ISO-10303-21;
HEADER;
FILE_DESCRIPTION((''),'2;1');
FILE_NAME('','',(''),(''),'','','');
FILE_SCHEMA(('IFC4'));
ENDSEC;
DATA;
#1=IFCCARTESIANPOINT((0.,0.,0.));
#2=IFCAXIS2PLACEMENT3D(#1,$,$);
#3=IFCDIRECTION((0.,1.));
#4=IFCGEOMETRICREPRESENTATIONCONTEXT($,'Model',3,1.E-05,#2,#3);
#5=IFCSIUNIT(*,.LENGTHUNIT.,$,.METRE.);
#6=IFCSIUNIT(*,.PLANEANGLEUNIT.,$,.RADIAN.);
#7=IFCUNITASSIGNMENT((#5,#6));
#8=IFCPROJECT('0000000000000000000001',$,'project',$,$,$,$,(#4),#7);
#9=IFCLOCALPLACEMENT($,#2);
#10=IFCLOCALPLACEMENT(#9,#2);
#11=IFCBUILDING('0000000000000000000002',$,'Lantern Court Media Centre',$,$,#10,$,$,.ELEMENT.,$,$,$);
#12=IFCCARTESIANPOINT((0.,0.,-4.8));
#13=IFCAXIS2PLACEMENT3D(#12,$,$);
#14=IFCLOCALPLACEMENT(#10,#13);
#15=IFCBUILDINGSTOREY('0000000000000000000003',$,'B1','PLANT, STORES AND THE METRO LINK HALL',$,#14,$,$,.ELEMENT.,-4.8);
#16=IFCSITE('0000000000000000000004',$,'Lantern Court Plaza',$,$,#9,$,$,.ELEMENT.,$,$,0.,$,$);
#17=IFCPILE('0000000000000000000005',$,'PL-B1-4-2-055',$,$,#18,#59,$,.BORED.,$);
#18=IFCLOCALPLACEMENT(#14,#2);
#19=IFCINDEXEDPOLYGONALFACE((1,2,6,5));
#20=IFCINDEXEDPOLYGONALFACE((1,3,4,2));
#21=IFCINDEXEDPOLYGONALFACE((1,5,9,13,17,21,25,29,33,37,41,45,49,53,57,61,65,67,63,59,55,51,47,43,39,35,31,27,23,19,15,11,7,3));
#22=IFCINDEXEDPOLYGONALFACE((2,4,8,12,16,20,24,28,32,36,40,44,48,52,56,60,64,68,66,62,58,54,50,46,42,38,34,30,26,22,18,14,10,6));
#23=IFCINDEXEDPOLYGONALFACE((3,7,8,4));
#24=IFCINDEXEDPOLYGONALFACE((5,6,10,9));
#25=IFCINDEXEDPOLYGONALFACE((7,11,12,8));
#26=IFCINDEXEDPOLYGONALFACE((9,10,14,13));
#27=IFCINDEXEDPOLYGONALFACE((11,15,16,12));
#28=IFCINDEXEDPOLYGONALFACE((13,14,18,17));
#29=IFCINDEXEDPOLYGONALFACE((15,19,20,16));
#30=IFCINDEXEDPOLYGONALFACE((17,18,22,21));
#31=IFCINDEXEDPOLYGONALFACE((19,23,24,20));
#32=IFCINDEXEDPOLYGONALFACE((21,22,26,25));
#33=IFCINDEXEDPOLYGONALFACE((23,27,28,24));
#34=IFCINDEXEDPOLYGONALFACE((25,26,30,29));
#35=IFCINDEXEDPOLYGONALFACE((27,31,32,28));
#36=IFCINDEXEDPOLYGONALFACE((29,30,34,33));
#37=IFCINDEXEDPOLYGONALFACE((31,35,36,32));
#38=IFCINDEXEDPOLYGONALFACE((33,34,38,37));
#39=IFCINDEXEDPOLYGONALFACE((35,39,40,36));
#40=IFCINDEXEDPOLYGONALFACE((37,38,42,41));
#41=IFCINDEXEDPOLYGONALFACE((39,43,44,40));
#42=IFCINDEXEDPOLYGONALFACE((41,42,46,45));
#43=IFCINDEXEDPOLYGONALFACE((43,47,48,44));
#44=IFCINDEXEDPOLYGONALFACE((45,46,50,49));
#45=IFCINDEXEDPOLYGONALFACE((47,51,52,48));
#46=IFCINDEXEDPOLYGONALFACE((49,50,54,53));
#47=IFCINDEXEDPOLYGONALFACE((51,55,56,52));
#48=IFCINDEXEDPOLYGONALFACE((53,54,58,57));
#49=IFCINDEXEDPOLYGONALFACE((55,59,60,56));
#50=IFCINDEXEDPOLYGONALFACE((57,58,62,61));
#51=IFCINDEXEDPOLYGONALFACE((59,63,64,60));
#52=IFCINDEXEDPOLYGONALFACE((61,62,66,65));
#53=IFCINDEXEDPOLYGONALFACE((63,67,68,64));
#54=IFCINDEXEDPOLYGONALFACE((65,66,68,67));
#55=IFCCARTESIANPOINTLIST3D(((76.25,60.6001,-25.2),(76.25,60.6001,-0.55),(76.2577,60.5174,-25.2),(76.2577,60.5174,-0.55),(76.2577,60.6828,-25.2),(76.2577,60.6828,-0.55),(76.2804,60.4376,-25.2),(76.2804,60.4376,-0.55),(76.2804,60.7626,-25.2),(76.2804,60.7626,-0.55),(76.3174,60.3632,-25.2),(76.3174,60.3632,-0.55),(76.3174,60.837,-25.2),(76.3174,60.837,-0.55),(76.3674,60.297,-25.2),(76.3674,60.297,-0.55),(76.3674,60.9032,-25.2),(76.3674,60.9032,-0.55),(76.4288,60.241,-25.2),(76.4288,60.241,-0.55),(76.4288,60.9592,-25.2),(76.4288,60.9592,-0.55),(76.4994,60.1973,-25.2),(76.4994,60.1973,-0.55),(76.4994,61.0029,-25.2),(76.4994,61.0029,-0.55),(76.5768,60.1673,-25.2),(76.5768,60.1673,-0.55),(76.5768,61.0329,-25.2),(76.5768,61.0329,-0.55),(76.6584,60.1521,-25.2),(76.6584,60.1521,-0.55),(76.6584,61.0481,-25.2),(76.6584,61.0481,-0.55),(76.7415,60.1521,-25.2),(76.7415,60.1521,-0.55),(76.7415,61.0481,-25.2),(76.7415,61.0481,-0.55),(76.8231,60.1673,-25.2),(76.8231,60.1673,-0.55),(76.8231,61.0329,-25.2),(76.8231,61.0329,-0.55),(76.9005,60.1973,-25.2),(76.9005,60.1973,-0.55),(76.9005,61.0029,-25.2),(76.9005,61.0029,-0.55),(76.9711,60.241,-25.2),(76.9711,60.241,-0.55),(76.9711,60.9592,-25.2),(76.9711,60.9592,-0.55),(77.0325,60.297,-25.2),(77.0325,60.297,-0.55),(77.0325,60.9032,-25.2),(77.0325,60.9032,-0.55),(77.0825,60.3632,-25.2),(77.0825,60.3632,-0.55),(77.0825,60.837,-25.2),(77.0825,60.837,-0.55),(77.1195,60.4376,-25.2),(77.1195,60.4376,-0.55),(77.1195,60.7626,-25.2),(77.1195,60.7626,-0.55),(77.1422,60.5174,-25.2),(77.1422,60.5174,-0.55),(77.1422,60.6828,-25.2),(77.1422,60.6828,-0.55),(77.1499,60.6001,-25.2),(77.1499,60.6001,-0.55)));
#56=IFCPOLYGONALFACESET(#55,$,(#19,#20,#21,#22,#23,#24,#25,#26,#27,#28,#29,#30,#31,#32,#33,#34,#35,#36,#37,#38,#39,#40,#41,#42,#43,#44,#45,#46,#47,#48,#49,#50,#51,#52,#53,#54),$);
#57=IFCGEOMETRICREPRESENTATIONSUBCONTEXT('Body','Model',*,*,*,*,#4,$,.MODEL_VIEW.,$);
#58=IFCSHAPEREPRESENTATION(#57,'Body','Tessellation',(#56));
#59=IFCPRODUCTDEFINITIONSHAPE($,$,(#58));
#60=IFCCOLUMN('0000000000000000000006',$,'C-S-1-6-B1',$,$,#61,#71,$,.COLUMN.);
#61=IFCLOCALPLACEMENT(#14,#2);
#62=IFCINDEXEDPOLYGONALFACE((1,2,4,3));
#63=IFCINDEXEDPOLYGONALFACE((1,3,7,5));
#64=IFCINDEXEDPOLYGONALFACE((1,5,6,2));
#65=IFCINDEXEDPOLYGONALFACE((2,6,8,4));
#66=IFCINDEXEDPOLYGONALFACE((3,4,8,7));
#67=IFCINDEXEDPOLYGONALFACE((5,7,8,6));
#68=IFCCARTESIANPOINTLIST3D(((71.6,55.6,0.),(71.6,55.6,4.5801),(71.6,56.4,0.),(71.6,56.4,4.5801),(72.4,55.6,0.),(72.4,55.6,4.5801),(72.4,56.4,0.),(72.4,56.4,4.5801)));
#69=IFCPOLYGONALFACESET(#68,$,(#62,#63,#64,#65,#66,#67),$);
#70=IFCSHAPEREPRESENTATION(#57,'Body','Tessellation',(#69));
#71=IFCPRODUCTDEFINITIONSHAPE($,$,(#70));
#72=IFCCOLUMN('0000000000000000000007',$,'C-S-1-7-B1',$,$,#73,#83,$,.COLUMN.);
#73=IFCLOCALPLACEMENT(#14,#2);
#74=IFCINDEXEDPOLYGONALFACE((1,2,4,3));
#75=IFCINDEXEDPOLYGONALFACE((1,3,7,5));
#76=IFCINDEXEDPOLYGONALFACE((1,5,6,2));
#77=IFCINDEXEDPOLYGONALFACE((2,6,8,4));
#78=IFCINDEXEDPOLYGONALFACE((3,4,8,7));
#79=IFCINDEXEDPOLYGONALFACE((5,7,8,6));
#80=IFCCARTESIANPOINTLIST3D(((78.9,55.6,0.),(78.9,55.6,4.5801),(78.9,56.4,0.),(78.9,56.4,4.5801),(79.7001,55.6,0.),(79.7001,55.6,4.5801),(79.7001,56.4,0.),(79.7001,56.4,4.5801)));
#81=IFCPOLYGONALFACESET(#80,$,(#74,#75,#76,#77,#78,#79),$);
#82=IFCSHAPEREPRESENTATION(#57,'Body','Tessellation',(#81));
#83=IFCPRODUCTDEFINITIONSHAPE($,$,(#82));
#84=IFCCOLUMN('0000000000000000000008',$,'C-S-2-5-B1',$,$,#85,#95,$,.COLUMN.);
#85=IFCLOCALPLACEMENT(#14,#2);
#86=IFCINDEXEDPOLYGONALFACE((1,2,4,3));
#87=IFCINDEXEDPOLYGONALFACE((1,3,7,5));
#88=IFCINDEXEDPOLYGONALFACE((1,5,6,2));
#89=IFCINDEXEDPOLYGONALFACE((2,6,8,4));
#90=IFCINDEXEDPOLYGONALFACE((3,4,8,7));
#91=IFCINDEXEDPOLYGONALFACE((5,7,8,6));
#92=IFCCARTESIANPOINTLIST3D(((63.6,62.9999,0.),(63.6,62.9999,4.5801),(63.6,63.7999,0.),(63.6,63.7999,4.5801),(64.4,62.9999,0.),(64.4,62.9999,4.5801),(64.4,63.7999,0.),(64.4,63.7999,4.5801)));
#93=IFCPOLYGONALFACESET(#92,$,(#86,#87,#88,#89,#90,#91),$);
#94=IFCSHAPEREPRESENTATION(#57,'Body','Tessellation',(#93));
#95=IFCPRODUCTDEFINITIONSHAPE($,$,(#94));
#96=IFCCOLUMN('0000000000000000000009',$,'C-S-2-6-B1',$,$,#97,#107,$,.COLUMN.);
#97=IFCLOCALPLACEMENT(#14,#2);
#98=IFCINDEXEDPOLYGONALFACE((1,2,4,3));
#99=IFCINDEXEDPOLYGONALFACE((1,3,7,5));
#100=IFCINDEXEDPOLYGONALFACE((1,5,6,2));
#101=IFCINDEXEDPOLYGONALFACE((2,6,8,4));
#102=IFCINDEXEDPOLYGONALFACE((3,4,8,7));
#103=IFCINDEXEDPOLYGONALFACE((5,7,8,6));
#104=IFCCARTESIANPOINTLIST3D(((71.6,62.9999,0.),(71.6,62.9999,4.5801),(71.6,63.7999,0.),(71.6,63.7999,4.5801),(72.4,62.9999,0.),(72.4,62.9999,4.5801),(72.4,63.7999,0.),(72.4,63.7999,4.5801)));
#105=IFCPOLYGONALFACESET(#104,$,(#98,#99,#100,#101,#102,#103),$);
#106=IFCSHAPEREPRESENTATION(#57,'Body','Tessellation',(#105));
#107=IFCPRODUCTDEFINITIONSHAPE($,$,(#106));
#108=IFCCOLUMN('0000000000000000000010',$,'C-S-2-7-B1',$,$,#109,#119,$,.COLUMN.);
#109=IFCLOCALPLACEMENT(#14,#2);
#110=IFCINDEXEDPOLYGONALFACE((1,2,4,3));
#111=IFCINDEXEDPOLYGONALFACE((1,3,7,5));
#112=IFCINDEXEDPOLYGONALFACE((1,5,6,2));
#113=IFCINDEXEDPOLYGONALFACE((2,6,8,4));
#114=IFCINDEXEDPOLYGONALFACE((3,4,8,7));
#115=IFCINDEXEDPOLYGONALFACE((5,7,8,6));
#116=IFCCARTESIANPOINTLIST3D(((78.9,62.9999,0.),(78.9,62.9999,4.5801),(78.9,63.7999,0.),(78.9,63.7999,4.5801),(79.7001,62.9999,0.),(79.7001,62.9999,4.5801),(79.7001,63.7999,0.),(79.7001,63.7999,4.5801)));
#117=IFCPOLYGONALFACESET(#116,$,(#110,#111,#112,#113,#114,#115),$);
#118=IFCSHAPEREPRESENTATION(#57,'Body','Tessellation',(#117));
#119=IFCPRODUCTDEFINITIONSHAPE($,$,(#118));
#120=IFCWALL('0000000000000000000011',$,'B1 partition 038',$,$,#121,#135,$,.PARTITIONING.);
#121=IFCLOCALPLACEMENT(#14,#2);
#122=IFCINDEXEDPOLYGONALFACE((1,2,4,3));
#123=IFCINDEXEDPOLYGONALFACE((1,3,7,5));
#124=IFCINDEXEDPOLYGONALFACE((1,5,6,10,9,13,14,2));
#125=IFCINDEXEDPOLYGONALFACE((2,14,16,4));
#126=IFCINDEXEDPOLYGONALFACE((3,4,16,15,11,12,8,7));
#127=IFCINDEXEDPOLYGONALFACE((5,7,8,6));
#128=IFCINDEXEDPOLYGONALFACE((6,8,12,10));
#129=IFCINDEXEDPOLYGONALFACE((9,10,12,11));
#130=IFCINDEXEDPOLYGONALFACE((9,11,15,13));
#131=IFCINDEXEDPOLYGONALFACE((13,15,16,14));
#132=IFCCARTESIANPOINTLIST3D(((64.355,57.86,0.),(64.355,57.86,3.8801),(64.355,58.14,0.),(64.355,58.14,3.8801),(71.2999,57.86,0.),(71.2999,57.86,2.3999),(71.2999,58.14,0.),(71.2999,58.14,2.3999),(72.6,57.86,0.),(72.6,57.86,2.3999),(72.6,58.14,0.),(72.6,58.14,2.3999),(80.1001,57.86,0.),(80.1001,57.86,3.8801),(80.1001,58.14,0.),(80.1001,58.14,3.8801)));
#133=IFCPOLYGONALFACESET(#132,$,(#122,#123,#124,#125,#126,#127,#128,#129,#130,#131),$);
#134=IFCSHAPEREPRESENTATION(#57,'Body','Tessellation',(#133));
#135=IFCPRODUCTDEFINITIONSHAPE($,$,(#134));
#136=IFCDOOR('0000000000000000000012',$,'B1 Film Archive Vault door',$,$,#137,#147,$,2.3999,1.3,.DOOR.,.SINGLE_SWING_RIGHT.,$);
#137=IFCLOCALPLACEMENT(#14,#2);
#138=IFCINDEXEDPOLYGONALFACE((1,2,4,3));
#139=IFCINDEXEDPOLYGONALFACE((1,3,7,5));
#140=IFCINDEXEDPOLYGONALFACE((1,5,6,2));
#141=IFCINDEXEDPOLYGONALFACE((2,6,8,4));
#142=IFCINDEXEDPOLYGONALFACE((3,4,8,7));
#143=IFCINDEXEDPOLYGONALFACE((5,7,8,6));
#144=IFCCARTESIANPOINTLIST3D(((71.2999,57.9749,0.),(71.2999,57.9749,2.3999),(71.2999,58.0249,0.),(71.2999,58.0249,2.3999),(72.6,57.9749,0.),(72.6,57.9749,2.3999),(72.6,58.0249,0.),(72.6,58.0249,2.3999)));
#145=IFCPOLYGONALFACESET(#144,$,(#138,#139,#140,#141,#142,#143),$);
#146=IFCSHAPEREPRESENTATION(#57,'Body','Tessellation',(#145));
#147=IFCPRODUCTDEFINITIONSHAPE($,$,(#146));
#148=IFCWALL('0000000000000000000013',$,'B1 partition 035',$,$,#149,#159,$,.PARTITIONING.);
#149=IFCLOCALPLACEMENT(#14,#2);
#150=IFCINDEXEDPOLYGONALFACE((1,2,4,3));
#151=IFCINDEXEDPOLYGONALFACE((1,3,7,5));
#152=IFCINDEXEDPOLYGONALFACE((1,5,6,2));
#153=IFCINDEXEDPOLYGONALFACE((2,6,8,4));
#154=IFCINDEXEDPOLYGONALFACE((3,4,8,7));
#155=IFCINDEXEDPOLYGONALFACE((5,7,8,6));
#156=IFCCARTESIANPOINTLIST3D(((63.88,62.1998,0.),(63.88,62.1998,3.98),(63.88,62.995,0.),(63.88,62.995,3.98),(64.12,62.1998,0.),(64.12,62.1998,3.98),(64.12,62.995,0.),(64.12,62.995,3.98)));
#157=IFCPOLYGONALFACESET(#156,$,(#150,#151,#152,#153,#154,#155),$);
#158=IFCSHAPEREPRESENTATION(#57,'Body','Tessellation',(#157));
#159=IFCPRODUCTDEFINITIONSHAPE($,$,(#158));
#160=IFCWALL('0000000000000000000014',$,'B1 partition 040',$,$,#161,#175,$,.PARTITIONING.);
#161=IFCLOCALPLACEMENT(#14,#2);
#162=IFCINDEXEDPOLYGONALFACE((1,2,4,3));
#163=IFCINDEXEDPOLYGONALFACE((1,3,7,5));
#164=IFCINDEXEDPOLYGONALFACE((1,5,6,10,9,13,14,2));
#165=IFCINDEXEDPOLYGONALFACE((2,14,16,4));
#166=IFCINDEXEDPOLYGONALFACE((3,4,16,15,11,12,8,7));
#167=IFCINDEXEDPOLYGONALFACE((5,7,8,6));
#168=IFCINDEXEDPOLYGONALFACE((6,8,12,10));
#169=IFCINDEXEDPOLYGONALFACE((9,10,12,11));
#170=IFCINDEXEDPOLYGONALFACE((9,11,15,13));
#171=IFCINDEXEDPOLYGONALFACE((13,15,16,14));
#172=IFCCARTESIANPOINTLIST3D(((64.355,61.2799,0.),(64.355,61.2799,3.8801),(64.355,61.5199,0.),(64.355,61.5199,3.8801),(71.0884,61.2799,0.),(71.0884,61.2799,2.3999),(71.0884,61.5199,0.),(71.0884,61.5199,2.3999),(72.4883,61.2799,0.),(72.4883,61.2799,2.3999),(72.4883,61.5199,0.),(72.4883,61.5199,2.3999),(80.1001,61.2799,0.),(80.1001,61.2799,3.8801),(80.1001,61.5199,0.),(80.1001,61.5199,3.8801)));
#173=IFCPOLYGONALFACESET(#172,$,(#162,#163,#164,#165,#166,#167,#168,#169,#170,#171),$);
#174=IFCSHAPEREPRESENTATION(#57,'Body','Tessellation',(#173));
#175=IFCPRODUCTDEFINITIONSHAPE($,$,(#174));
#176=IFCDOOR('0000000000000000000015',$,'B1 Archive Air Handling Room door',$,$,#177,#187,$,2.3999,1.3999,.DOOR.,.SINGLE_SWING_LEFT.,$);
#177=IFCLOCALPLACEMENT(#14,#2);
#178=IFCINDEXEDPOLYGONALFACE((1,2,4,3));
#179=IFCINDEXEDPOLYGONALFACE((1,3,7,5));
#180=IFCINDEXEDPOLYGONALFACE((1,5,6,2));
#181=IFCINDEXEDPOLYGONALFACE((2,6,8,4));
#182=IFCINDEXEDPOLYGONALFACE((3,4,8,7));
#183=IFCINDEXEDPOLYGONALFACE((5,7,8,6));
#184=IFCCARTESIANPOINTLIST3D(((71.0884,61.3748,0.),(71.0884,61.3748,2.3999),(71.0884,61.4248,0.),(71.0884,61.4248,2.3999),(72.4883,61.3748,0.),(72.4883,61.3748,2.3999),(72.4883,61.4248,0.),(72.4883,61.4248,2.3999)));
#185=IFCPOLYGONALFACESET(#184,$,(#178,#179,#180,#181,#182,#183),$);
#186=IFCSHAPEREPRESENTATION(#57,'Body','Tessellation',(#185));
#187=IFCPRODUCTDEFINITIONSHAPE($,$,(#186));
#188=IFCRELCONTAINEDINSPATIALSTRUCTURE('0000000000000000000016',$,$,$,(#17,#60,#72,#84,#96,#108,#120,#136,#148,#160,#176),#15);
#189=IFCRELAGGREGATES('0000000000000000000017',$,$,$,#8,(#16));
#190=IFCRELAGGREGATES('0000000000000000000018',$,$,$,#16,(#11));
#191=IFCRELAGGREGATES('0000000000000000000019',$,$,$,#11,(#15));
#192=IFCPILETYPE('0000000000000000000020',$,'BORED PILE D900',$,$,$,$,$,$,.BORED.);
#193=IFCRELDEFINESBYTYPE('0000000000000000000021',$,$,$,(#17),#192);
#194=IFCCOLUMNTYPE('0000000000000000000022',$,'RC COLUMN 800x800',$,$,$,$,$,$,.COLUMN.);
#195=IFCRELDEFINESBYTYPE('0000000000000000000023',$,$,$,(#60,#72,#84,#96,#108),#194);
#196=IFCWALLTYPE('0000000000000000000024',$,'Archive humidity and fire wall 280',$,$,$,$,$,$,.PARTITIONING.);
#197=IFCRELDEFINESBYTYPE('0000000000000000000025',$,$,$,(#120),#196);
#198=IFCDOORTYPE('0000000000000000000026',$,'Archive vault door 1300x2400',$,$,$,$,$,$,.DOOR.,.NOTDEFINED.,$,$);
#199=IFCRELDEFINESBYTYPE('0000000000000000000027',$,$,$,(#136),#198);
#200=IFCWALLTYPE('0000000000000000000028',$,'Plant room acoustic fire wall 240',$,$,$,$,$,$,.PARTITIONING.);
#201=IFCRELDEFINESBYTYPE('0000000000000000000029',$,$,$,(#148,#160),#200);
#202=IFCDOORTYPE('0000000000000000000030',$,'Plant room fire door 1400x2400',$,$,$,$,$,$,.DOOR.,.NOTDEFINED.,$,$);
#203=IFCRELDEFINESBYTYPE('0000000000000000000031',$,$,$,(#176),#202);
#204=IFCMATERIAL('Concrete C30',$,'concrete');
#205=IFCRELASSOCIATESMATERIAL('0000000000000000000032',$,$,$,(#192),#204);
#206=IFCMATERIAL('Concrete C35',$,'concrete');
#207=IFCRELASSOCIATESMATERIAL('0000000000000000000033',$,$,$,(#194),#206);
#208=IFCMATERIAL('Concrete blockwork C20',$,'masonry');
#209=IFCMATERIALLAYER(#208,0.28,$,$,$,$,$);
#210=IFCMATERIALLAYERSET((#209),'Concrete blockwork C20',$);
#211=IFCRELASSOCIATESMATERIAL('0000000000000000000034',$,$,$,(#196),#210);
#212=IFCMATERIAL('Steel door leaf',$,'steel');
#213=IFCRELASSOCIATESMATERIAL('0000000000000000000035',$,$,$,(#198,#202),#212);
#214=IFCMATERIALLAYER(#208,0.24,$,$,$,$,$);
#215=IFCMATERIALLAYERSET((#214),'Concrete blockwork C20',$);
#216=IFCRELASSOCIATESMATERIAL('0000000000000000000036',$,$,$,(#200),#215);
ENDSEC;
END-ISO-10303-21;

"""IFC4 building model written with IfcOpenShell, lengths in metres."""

from ifc_helpers import new_model, si_unit, direction, frame, frame_2d, origin, origin_2d, place, context, subcontext, project, spatial, rectangle, circle, extrude, material, layer, layer_set, material_profile, profile_set, type_object, element, fill, save


model = new_model("IFC4")

# Units and contexts
model_context = context("Model", 3, precision=1e-05, world=origin(), true_north=direction((0.0, 1.0)))
body_context = subcontext(model_context, "Body", "Model", "MODEL_VIEW")
ifc_project = project(units=[si_unit("LENGTHUNIT", "METRE"), si_unit("PLANEANGLEUNIT", "RADIAN")], contexts=[model_context])

# Site, building, storey
site_placement = place(None, origin())
site = spatial("IfcSite", under=ifc_project, at=site_placement, Name="Lantern Court Plaza", CompositionType="ELEMENT", RefElevation=0.0)
building_placement = place(site_placement, origin())
building = spatial("IfcBuilding", under=site, at=building_placement, Name="Lantern Court Media Centre", CompositionType="ELEMENT")
storey_placement = place(building_placement, frame((0.0, 0.0, -4.8)))
storey = spatial("IfcBuildingStorey", under=building, at=storey_placement, Name="B1", Description="PLANT, STORES AND THE METRO LINK HALL", CompositionType="ELEMENT", Elevation=-4.8)

# Pile
ifc_material_1 = material(Name="Concrete C30", Category="concrete")
ifc_material_profile_1 = material_profile(ifc_material_1, circle(Radius=0.45, at=origin_2d()), Name="D900")
ifc_profile_set_1 = profile_set([ifc_material_profile_1], Name="Concrete C30")
pile_type = type_object("IfcPileType", Name="BORED PILE D900", PredefinedType="BORED", material=ifc_profile_set_1)
for number, where, z_axis, x_axis, name in (
    (1, (76.7, 60.6001, -0.55), (0.0, 0.0, -1.0), (1.0, 0.0, 0.0), "PL-B1-4-2-055"),
):
    element("IfcPile", number, at=place(storey_placement, frame(where, z_axis=z_axis, x_axis=x_axis)), inside=storey, type_object=pile_type, Name=name, PredefinedType="BORED", context=body_context, shape_type="SweptSolid", body=[
        extrude(circle(Radius=0.45, at=origin_2d()), origin(), (0.0, 0.0, 1.0), 24.6499),
    ])

# Columns
ifc_material_2 = material(Name="Concrete C35", Category="concrete")
ifc_material_profile_2 = material_profile(ifc_material_2, rectangle(XDim=0.8, YDim=0.8, at=origin_2d()), Name="RC 800x800")
ifc_profile_set_2 = profile_set([ifc_material_profile_2], Name="Concrete C35")
column_type = type_object("IfcColumnType", Name="RC COLUMN 800x800", PredefinedType="COLUMN", material=ifc_profile_set_2)
for number, where, z_axis, x_axis, name in (
    (2, (72.0, 56.0, 0.0), (0.0, 0.0, 1.0), (1.0, 0.0, 0.0), "C-S-1-6-B1"),
    (3, (79.3, 56.0, 0.0), (0.0, 0.0, 1.0), (1.0, 0.0, 0.0), "C-S-1-7-B1"),
    (4, (64.0, 63.3999, 0.0), (0.0, 0.0, 1.0), (1.0, 0.0, 0.0), "C-S-2-5-B1"),
    (5, (72.0, 63.3999, 0.0), (0.0, 0.0, 1.0), (1.0, 0.0, 0.0), "C-S-2-6-B1"),
    (6, (79.3, 63.3999, 0.0), (0.0, 0.0, 1.0), (1.0, 0.0, 0.0), "C-S-2-7-B1"),
):
    element("IfcColumn", number, at=place(storey_placement, frame(where, z_axis=z_axis, x_axis=x_axis)), inside=storey, type_object=column_type, Name=name, PredefinedType="COLUMN", context=body_context, shape_type="SweptSolid", body=[
        extrude(rectangle(XDim=0.8, YDim=0.8, at=origin_2d()), origin(), (0.0, 0.0, 1.0), 4.5801),
    ])

# Wall, opening, door
ifc_material_3 = material(Name="Concrete blockwork C20", Category="masonry")
ifc_layer_1 = layer(ifc_material_3, 0.28)
ifc_layer_set_1 = layer_set([ifc_layer_1], Name="Concrete blockwork C20")
wall_type_1 = type_object("IfcWallType", Name="Archive humidity and fire wall 280", PredefinedType="PARTITIONING", material=ifc_layer_set_1)
wall_1_placement = place(storey_placement, frame((64.355, 58.0, 0.0), z_axis=(0.0, 0.0, 1.0), x_axis=(1.0, 0.0, 0.0)))
wall_1 = element("IfcWall", 7, at=wall_1_placement, inside=storey, type_object=wall_type_1, Name="B1 partition 038", PredefinedType="PARTITIONING", context=body_context, shape_type="SweptSolid", body=[
    extrude(rectangle(XDim=15.7451, YDim=0.28, at=frame_2d((7.8726, 0.0))), origin(), (0.0, 0.0, 1.0), 3.8801),
])
opening_1_placement = place(wall_1_placement, frame((6.9451, 0.0, 0.0)))
opening_1 = element("IfcOpeningElement", 8, at=opening_1_placement, cuts=wall_1, PredefinedType="OPENING", context=body_context, shape_type="SweptSolid", body=[
    extrude(rectangle(XDim=1.3, YDim=2.3999, at=frame_2d((0.6499, 1.2))), frame((0.0, 0.1499, 0.0), z_axis=(0.0, -1.0, 0.0), x_axis=(1.0, 0.0, 0.0)), (0.0, 0.0, 1.0), 0.3),
])
ifc_material_4 = material(Name="Steel door leaf", Category="steel")
door_type_1 = type_object("IfcDoorType", Name="Archive vault door 1300x2400", OperationType="NOTDEFINED", PredefinedType="DOOR", material=ifc_material_4)
door_1_placement = place(opening_1_placement, origin())
door_1 = element("IfcDoor", 9, at=door_1_placement, inside=storey, type_object=door_type_1, Name="B1 Film Archive Vault door", OperationType="SINGLE_SWING_RIGHT", OverallHeight=2.3999, OverallWidth=1.3, PredefinedType="DOOR", context=body_context, shape_type="SweptSolid", body=[
    extrude(rectangle(XDim=1.3, YDim=2.3999, at=frame_2d((0.6499, 1.2))), frame((0.0, 0.0249, 0.0), z_axis=(0.0, -1.0, 0.0), x_axis=(1.0, 0.0, 0.0)), (0.0, 0.0, 1.0), 0.05),
])
fill(opening_1, door_1)

# Wall
ifc_layer_2 = layer(ifc_material_3, 0.24)
ifc_layer_set_2 = layer_set([ifc_layer_2], Name="Concrete blockwork C20")
wall_type_2 = type_object("IfcWallType", Name="Plant room acoustic fire wall 240", PredefinedType="PARTITIONING", material=ifc_layer_set_2)
wall_2_placement = place(storey_placement, frame((64.0, 62.2, 0.0), z_axis=(0.0, 0.0, 1.0), x_axis=(0.0, 1.0, 0.0)))
element("IfcWall", 10, at=wall_2_placement, inside=storey, type_object=wall_type_2, Name="B1 partition 035", PredefinedType="PARTITIONING", context=body_context, shape_type="SweptSolid", body=[
    extrude(rectangle(XDim=0.7952, YDim=0.24, at=frame_2d((0.3975, 0.0))), origin(), (0.0, 0.0, 1.0), 3.98),
])

# Wall, opening, door
wall_3_placement = place(storey_placement, frame((64.355, 61.3999, 0.0), z_axis=(0.0, 0.0, 1.0), x_axis=(1.0, 0.0, 0.0)))
wall_3 = element("IfcWall", 11, at=wall_3_placement, inside=storey, type_object=wall_type_2, Name="B1 partition 040", PredefinedType="PARTITIONING", context=body_context, shape_type="SweptSolid", body=[
    extrude(rectangle(XDim=15.7451, YDim=0.24, at=frame_2d((7.8726, 0.0))), origin(), (0.0, 0.0, 1.0), 3.8801),
])
opening_2_placement = place(wall_3_placement, frame((6.7334, 0.0, 0.0)))
opening_2 = element("IfcOpeningElement", 12, at=opening_2_placement, cuts=wall_3, PredefinedType="OPENING", context=body_context, shape_type="SweptSolid", body=[
    extrude(rectangle(XDim=1.3999, YDim=2.3999, at=frame_2d((0.7, 1.2))), frame((0.0, 0.1299, 0.0), z_axis=(0.0, -1.0, 0.0), x_axis=(1.0, 0.0, 0.0)), (0.0, 0.0, 1.0), 0.26),
])
door_type_2 = type_object("IfcDoorType", Name="Plant room fire door 1400x2400", OperationType="NOTDEFINED", PredefinedType="DOOR", material=ifc_material_4)
door_2_placement = place(opening_2_placement, origin())
door_2 = element("IfcDoor", 13, at=door_2_placement, inside=storey, type_object=door_type_2, Name="B1 Archive Air Handling Room door", OperationType="SINGLE_SWING_LEFT", OverallHeight=2.3999, OverallWidth=1.3999, PredefinedType="DOOR", context=body_context, shape_type="SweptSolid", body=[
    extrude(rectangle(XDim=1.3999, YDim=2.3999, at=frame_2d((0.7, 1.2))), frame((0.0, 0.0249, 0.0), z_axis=(0.0, -1.0, 0.0), x_axis=(1.0, 0.0, 0.0)), (0.0, 0.0, 1.0), 0.05),
])
fill(opening_2, door_2)

save(model, "model.ifc")
